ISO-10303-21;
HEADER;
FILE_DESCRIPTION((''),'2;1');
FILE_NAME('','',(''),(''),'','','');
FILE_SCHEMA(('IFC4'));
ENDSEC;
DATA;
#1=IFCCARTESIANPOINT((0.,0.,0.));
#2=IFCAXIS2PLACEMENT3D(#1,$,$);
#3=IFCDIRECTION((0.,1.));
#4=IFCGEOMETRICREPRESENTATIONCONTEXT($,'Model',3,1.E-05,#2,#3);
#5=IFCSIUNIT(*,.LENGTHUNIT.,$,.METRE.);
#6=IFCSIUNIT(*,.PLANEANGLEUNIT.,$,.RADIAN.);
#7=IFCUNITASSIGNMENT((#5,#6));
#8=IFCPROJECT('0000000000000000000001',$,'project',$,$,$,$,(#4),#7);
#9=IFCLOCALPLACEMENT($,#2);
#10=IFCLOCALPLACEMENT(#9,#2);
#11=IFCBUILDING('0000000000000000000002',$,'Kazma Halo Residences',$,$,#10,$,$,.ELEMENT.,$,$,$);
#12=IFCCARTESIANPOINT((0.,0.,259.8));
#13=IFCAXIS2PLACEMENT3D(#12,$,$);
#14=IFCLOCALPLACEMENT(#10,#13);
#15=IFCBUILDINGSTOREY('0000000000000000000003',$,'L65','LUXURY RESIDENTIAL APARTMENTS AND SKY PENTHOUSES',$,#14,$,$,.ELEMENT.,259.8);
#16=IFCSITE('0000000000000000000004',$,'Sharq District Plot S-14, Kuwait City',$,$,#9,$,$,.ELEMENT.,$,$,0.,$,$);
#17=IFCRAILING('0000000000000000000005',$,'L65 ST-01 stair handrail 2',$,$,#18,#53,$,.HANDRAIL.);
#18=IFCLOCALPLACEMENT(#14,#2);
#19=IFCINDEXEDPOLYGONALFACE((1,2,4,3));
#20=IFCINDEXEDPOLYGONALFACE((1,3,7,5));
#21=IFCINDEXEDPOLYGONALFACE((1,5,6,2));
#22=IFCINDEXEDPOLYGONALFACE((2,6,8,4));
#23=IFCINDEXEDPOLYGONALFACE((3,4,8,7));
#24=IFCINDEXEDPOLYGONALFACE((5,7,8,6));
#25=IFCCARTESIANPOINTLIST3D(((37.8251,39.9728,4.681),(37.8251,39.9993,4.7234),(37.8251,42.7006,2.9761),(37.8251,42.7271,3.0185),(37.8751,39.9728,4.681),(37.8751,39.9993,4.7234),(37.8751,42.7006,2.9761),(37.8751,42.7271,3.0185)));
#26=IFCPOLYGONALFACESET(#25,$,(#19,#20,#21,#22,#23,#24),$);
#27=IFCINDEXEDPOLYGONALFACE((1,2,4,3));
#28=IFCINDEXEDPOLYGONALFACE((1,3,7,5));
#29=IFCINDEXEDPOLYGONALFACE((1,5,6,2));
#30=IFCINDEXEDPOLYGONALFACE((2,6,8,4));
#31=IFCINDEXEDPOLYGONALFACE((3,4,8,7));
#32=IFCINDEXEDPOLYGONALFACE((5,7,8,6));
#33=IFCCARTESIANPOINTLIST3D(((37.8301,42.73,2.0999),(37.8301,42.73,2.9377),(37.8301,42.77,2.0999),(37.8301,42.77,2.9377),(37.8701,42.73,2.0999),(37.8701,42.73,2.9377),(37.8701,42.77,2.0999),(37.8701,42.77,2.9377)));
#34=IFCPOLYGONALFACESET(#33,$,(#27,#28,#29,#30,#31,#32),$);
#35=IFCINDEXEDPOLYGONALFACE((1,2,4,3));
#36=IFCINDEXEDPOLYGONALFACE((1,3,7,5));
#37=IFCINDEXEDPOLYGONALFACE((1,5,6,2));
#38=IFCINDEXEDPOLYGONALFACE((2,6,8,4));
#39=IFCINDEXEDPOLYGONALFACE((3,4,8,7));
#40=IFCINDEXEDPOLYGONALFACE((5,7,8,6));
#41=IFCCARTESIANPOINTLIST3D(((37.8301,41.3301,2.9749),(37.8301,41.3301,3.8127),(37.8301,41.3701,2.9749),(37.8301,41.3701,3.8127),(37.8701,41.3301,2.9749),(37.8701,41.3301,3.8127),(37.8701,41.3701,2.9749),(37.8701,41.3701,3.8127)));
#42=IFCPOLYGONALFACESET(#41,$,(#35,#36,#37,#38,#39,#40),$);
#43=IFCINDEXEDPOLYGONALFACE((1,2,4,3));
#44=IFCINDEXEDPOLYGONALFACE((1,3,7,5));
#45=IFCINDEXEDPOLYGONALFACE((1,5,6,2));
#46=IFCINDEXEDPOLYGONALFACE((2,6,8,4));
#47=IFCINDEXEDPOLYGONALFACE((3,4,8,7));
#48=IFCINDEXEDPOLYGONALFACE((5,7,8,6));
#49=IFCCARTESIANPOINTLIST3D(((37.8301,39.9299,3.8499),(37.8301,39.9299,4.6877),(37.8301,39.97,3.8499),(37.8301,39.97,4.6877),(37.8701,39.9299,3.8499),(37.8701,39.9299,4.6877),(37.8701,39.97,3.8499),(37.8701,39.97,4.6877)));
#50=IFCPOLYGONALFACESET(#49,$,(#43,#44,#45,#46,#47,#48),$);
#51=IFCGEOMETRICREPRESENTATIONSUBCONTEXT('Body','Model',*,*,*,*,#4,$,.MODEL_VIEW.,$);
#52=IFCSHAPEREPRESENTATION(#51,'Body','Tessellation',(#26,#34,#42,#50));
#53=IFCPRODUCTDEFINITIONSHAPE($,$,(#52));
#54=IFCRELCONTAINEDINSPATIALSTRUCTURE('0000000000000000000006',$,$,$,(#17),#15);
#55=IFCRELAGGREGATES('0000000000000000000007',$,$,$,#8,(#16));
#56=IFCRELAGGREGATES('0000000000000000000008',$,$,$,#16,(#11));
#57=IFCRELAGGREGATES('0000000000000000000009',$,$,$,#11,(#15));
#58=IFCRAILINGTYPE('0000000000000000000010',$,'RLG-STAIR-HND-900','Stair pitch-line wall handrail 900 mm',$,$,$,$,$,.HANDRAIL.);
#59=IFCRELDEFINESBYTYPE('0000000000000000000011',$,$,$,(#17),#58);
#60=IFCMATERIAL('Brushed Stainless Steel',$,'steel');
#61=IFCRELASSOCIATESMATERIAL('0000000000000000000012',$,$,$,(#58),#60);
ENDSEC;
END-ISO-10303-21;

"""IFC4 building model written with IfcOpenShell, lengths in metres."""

from ifc_helpers import new_model, si_unit, direction, frame, origin, origin_2d, place, context, subcontext, project, spatial, rectangle, extrude, material, type_object, element, save


model = new_model("IFC4")

# Units and contexts
model_context = context("Model", 3, precision=1e-05, world=origin(), true_north=direction((0.0, 1.0)))
body_context = subcontext(model_context, "Body", "Model", "MODEL_VIEW")
ifc_project = project(units=[si_unit("LENGTHUNIT", "METRE"), si_unit("PLANEANGLEUNIT", "RADIAN")], contexts=[model_context])

# Site, building, storey
site_placement = place(None, origin())
site = spatial("IfcSite", under=ifc_project, at=site_placement, Name="Sharq District Plot S-14, Kuwait City", CompositionType="ELEMENT", RefElevation=0.0)
building_placement = place(site_placement, origin())
building = spatial("IfcBuilding", under=site, at=building_placement, Name="Kazma Halo Residences", CompositionType="ELEMENT")
storey_placement = place(building_placement, frame((0.0, 0.0, 259.8)))
storey = spatial("IfcBuildingStorey", under=building, at=storey_placement, Name="L65", Description="LUXURY RESIDENTIAL APARTMENTS AND SKY PENTHOUSES", CompositionType="ELEMENT", Elevation=259.8)

# Railing
ifc_material_1 = material(Name="Brushed Stainless Steel", Category="steel")
railing_type_1 = type_object("IfcRailingType", Name="RLG-STAIR-HND-900", Description="Stair pitch-line wall handrail 900 mm", PredefinedType="HANDRAIL", material=ifc_material_1)
railing_1_placement = place(storey_placement, frame((37.8501, 42.75, 2.0999)))
element("IfcRailing", 1, at=railing_1_placement, inside=storey, type_object=railing_type_1, Name="L65 ST-01 stair handrail 2", PredefinedType="HANDRAIL", context=body_context, shape_type="SweptSolid", body=[
    extrude(rectangle(XDim=0.05, YDim=0.05, at=origin_2d()), frame((0.0, -0.0361, 0.8975), z_axis=(0.0, -0.848002, 0.529992), x_axis=(1.0, 0.0, 0.0)), (0.0, 0.0, 1.0), 3.2168),
    extrude(rectangle(XDim=0.04, YDim=0.04, at=origin_2d()), origin(), (0.0, 0.0, 1.0), 0.8379),
    extrude(rectangle(XDim=0.04, YDim=0.04, at=origin_2d()), frame((0.0, -1.3999, 0.875)), (0.0, 0.0, 1.0), 0.8379),
    extrude(rectangle(XDim=0.04, YDim=0.04, at=origin_2d()), frame((0.0, -2.8, 1.75)), (0.0, 0.0, 1.0), 0.8379),
])

save(model, "model.ifc")
